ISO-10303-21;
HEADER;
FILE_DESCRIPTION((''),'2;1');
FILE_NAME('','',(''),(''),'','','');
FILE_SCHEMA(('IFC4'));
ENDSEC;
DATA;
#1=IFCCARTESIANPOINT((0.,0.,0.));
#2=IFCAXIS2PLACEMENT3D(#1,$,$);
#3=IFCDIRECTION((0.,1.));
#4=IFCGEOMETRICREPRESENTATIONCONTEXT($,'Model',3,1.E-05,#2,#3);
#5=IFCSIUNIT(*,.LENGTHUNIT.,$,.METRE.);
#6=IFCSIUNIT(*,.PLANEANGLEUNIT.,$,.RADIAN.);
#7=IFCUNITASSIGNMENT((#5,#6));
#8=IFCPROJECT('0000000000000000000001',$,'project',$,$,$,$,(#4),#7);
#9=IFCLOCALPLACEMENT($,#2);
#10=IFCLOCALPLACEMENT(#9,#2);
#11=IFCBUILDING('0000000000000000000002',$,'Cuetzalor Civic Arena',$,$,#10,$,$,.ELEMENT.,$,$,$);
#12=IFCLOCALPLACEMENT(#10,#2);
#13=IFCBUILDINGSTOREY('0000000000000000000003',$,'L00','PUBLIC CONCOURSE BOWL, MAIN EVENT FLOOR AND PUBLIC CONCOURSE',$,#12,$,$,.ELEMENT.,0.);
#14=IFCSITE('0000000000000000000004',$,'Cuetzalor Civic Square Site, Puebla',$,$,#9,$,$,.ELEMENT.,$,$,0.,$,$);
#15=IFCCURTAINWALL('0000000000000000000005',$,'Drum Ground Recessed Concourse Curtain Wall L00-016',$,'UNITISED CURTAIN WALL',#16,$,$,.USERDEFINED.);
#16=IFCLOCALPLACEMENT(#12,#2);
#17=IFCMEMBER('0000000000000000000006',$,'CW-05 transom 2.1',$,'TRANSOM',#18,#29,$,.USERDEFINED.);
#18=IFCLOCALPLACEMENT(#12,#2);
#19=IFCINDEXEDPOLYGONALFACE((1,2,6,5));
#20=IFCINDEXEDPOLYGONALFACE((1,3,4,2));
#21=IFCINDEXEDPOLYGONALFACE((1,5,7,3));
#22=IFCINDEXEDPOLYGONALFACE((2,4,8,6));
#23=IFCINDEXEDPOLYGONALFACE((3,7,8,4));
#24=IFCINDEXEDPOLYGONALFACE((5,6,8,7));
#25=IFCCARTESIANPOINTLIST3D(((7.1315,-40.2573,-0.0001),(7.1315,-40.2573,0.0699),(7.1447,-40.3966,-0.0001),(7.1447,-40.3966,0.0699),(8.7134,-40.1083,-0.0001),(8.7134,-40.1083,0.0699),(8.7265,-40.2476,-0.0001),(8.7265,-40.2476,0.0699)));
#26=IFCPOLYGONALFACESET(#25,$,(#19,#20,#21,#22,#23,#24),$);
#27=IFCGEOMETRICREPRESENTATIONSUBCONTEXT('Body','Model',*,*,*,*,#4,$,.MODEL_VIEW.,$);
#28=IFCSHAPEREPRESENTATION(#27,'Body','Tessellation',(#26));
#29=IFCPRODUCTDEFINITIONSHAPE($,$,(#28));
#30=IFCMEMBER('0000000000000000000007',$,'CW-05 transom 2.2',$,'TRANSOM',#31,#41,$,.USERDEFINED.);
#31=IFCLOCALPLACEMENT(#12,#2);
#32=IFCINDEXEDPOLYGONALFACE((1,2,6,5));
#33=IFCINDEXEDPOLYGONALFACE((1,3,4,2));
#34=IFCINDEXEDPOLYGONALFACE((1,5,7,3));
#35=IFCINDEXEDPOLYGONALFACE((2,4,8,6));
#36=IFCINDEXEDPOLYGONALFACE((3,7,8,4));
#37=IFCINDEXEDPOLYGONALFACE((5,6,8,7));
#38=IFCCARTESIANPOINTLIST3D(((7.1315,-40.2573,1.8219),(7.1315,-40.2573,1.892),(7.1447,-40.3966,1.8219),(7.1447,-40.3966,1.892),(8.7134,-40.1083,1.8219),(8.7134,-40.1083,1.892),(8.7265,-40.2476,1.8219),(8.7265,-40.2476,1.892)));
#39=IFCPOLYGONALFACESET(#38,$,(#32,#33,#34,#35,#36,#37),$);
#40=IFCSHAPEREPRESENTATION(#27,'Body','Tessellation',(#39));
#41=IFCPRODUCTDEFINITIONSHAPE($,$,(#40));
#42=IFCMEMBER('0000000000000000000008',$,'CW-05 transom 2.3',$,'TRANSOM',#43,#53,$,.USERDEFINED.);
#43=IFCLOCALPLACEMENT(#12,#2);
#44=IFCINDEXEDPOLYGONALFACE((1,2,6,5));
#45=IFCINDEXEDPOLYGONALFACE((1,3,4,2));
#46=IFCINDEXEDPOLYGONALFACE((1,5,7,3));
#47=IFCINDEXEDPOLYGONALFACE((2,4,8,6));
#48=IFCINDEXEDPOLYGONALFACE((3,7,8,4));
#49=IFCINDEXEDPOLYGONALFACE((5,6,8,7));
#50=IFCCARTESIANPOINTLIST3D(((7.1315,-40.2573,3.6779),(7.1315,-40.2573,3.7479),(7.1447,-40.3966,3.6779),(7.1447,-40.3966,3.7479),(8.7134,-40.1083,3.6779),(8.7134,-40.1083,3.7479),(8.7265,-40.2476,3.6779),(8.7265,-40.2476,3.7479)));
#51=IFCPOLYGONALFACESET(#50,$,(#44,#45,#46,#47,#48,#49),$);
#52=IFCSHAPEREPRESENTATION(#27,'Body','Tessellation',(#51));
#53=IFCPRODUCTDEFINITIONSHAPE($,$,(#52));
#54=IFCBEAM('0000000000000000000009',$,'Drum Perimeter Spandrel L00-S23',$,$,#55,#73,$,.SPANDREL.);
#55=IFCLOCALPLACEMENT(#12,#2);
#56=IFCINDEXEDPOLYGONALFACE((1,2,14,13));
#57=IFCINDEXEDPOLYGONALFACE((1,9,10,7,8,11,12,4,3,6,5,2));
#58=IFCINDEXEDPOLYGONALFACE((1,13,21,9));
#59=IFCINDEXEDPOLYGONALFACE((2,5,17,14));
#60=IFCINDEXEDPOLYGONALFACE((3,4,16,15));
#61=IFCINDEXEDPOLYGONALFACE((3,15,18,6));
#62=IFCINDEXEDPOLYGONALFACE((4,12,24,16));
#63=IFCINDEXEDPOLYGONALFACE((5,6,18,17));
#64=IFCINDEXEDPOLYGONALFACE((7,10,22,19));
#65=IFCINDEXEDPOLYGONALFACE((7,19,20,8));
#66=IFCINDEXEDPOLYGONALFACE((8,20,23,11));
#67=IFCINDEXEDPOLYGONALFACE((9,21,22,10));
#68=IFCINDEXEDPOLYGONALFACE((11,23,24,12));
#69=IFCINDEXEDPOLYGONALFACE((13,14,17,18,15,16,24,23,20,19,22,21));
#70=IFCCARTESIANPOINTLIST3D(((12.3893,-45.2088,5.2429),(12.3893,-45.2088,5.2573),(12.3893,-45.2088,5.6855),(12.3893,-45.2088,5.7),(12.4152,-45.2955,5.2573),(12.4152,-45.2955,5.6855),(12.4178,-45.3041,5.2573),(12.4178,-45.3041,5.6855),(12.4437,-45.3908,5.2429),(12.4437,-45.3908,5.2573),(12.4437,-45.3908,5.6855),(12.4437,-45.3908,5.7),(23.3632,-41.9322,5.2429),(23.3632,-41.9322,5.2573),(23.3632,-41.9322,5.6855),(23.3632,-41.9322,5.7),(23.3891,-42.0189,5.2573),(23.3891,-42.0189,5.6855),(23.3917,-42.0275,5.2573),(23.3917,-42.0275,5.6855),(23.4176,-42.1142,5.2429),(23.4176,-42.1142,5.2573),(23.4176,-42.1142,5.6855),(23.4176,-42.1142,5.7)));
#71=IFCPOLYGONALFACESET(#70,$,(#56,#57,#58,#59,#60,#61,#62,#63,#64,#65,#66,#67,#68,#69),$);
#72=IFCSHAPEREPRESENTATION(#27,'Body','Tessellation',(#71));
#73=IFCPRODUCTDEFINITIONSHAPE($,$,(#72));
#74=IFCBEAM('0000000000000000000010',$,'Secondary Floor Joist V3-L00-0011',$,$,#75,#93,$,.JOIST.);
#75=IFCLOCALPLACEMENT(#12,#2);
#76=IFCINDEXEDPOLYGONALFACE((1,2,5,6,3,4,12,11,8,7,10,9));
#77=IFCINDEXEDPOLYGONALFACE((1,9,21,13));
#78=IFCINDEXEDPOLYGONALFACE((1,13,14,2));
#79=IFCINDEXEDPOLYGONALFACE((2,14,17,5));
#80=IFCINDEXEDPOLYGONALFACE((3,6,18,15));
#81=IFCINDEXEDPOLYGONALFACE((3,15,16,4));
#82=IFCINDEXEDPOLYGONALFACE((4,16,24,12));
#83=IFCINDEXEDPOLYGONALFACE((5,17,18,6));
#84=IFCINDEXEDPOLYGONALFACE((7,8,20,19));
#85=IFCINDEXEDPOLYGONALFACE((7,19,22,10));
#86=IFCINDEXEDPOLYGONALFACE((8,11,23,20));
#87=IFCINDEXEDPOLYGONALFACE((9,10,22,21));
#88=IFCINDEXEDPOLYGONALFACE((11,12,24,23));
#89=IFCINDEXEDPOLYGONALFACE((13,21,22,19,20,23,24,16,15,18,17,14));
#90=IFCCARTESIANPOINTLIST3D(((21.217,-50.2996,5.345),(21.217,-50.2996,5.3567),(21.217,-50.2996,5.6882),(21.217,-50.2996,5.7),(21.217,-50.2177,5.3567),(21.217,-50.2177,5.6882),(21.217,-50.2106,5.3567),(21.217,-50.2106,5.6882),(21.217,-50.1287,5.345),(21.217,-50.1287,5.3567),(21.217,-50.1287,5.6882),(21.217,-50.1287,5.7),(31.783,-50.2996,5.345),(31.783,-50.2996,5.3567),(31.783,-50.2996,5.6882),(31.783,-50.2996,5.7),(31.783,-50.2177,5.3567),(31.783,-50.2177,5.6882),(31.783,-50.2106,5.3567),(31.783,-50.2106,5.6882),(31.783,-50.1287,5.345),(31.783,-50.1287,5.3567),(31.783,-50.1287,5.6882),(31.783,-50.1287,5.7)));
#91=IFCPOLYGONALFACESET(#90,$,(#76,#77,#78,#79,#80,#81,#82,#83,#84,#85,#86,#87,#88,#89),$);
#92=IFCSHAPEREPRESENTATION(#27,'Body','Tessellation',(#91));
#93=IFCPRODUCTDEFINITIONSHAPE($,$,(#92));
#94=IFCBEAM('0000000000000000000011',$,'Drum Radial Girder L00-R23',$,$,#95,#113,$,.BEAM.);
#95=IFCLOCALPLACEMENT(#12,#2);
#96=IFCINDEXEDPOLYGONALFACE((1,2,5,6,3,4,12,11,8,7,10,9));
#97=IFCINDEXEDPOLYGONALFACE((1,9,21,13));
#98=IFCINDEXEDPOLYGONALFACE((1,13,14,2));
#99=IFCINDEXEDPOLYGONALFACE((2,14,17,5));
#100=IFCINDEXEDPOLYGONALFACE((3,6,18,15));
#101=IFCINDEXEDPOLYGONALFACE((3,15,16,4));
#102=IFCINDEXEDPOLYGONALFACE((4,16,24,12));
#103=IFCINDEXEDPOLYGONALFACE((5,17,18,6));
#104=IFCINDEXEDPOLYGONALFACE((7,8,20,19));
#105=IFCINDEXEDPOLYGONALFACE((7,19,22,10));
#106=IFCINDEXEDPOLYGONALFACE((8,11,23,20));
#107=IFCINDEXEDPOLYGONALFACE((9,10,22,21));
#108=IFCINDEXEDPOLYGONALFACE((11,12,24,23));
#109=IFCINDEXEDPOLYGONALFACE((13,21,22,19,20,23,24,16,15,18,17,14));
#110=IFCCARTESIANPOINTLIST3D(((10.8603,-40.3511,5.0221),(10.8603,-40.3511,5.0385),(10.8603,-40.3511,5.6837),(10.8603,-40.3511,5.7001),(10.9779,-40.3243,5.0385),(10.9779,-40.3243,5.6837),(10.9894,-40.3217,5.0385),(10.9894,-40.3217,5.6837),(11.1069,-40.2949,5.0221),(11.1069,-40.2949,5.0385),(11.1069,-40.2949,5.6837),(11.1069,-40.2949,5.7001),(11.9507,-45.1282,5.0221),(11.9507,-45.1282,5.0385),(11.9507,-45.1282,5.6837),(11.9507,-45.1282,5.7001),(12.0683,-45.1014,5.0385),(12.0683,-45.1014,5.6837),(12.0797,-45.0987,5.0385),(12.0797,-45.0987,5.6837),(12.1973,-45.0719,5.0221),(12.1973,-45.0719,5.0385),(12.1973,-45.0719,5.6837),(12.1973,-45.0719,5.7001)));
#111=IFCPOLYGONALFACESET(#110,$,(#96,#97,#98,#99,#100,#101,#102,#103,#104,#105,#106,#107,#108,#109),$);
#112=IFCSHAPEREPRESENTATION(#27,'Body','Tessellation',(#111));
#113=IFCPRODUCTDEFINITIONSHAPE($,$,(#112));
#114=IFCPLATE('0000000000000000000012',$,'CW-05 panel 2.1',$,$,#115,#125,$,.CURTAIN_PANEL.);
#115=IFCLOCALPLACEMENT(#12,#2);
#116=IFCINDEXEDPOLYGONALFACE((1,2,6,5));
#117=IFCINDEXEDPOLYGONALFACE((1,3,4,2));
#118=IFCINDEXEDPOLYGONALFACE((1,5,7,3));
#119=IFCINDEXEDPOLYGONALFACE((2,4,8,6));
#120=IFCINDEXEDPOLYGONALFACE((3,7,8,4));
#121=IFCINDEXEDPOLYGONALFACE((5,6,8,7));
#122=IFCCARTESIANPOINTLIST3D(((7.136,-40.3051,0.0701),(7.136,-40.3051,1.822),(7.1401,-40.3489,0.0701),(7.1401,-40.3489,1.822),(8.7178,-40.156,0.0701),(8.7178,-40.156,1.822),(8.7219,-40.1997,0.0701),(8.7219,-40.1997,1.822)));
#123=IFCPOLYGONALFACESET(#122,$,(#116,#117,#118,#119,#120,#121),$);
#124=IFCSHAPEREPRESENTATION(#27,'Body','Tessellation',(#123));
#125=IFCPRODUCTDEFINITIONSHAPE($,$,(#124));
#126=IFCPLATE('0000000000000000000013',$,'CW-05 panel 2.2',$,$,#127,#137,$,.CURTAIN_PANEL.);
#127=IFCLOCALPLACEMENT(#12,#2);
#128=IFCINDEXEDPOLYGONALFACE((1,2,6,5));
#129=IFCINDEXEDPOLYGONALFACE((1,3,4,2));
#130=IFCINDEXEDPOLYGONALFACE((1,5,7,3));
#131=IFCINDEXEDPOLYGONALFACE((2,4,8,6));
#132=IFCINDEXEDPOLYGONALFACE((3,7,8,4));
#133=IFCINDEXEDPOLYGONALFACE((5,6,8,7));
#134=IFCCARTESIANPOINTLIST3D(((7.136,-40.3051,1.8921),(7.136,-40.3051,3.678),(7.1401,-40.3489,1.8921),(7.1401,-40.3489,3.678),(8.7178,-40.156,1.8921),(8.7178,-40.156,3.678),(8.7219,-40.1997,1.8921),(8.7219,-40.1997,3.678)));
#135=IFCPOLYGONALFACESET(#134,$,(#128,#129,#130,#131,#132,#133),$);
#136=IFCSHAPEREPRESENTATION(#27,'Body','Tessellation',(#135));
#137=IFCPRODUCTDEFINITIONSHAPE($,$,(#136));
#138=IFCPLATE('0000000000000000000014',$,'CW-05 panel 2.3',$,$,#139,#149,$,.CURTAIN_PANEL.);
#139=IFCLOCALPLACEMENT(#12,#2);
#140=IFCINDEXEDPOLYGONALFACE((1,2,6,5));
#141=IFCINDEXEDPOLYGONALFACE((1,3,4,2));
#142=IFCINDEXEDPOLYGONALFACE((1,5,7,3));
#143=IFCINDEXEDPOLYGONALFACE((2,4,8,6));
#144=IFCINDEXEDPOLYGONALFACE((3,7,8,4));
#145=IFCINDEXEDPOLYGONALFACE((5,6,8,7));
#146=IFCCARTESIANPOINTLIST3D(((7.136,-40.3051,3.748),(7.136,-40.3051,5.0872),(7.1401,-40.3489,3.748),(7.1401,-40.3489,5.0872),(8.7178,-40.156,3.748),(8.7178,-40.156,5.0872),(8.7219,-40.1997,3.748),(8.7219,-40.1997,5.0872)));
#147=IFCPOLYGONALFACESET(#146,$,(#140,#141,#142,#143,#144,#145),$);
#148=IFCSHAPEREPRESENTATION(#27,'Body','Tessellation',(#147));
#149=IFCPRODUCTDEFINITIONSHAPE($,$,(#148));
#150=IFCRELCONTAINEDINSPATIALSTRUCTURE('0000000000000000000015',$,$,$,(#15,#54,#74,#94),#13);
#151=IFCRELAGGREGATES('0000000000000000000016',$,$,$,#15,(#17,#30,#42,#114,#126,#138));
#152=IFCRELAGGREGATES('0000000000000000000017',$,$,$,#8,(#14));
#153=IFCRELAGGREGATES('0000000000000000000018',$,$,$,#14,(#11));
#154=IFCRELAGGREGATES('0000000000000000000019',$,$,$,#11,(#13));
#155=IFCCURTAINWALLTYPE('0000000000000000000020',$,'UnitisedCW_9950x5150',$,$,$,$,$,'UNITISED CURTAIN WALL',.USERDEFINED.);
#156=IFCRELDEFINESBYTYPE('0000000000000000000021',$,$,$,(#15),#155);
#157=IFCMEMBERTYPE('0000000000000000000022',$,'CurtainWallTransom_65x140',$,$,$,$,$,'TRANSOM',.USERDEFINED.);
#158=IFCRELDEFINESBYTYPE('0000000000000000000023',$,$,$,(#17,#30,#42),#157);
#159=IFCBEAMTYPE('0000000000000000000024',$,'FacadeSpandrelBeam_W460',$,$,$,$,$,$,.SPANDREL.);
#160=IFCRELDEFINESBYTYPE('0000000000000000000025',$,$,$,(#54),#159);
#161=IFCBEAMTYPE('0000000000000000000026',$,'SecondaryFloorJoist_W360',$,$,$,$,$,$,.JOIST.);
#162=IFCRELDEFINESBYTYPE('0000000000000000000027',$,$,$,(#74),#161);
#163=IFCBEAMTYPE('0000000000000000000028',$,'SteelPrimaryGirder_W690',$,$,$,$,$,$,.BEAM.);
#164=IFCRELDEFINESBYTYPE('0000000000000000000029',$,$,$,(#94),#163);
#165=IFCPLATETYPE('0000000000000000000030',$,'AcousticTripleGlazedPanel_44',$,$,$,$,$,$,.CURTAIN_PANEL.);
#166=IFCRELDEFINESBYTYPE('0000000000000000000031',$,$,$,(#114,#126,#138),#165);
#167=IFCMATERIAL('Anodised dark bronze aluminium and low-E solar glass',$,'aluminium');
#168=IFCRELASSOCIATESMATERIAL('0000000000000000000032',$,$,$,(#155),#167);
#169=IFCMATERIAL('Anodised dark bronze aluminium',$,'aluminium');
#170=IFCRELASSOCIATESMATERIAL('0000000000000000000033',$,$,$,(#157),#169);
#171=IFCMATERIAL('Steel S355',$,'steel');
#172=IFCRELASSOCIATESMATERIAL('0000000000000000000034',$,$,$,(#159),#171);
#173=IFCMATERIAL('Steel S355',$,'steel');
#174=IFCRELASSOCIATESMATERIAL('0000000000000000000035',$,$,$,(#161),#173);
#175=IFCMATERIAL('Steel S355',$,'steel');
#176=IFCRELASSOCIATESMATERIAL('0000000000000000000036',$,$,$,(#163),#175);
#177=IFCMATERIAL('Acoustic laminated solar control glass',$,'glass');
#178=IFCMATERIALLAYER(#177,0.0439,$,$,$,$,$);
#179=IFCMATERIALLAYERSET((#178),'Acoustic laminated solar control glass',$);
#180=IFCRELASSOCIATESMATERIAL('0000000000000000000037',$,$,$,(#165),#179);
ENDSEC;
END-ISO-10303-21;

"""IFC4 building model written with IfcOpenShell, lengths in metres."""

from ifc_helpers import new_model, si_unit, direction, frame, origin, origin_2d, place, context, subcontext, project, spatial, rectangle, i_section, extrude, material, layer, layer_set, material_profile, profile_set, type_object, element, aggregate, save


model = new_model("IFC4")

# Units and contexts
model_context = context("Model", 3, precision=1e-05, world=origin(), true_north=direction((0.0, 1.0)))
body_context = subcontext(model_context, "Body", "Model", "MODEL_VIEW")
ifc_project = project(units=[si_unit("LENGTHUNIT", "METRE"), si_unit("PLANEANGLEUNIT", "RADIAN")], contexts=[model_context])

# Site, building, storey
site_placement = place(None, origin())
site = spatial("IfcSite", under=ifc_project, at=site_placement, Name="Cuetzalor Civic Square Site, Puebla", CompositionType="ELEMENT", RefElevation=0.0)
building_placement = place(site_placement, origin())
building = spatial("IfcBuilding", under=site, at=building_placement, Name="Cuetzalor Civic Arena", CompositionType="ELEMENT")
storey_placement = place(building_placement, origin())
storey = spatial("IfcBuildingStorey", under=building, at=storey_placement, Name="L00", Description="PUBLIC CONCOURSE BOWL, MAIN EVENT FLOOR AND PUBLIC CONCOURSE", CompositionType="ELEMENT", Elevation=0.0)

# Curtain wall, members
ifc_material_1 = material(Name="Anodised dark bronze aluminium and low-E solar glass", Category="aluminium")
curtain_wall_type = type_object("IfcCurtainWallType", Name="UnitisedCW_9950x5150", ElementType="UNITISED CURTAIN WALL", PredefinedType="USERDEFINED", material=ifc_material_1)
curtain_wall_placement = place(storey_placement, origin())
curtain_wall = element("IfcCurtainWall", 1, at=curtain_wall_placement, inside=storey, type_object=curtain_wall_type, Name="Drum Ground Recessed Concourse Curtain Wall L00-016", ObjectType="UNITISED CURTAIN WALL", PredefinedType="USERDEFINED")
ifc_material_2 = material(Name="Anodised dark bronze aluminium", Category="aluminium")
ifc_material_profile_1 = material_profile(ifc_material_2, rectangle(XDim=0.1399, YDim=0.0701, at=origin_2d()), Name="ALU TRANSOM 70x140")
ifc_profile_set_1 = profile_set([ifc_material_profile_1], Name="Anodised dark bronze aluminium")
member_type_1 = type_object("IfcMemberType", Name="CurtainWallTransom_65x140", ElementType="TRANSOM", PredefinedType="USERDEFINED", material=ifc_profile_set_1)
member_1_placement = place(storey_placement, frame((8.72, -40.178, 0.0349), z_axis=(-0.995597, -0.093736, 0.0), x_axis=(0.093736, -0.995597, 0.0)))
member_1 = element("IfcMember", 2, at=member_1_placement, type_object=member_type_1, Name="CW-05 transom 2.1", ObjectType="TRANSOM", PredefinedType="USERDEFINED", context=body_context, shape_type="SweptSolid", body=[
    extrude(rectangle(XDim=0.1399, YDim=0.0701, at=origin_2d()), origin(), (0.0, 0.0, 1.0), 1.5889),
])
member_2_placement = place(storey_placement, frame((8.72, -40.178, 1.8569), z_axis=(-0.995597, -0.093736, 0.0), x_axis=(0.093736, -0.995597, 0.0)))
member_2 = element("IfcMember", 3, at=member_2_placement, type_object=member_type_1, Name="CW-05 transom 2.2", ObjectType="TRANSOM", PredefinedType="USERDEFINED", context=body_context, shape_type="SweptSolid", body=[
    extrude(rectangle(XDim=0.1399, YDim=0.0701, at=origin_2d()), origin(), (0.0, 0.0, 1.0), 1.5889),
])
member_3_placement = place(storey_placement, frame((8.72, -40.178, 3.7129), z_axis=(-0.995597, -0.093736, 0.0), x_axis=(0.093736, -0.995597, 0.0)))
member_3 = element("IfcMember", 4, at=member_3_placement, type_object=member_type_1, Name="CW-05 transom 2.3", ObjectType="TRANSOM", PredefinedType="USERDEFINED", context=body_context, shape_type="SweptSolid", body=[
    extrude(rectangle(XDim=0.1399, YDim=0.0701, at=origin_2d()), origin(), (0.0, 0.0, 1.0), 1.5889),
])

# Beams
ifc_material_3 = material(Name="Steel S355", Category="steel")
ifc_material_profile_2 = material_profile(ifc_material_3, i_section(OverallWidth=0.1899, OverallDepth=0.457, WebThickness=0.009, FlangeThickness=0.0144, at=origin_2d()), Name="W460x74")
ifc_profile_set_2 = profile_set([ifc_material_profile_2], Name="Steel S355")
beam_type_1 = type_object("IfcBeamType", Name="FacadeSpandrelBeam_W460", PredefinedType="SPANDREL", material=ifc_profile_set_2)
beam_1_placement = place(storey_placement, frame((12.4165, -45.2998, 5.4714), z_axis=(0.958199, 0.286102, 0.0), x_axis=(-0.286102, 0.958199, 0.0)))
element("IfcBeam", 5, at=beam_1_placement, inside=storey, type_object=beam_type_1, Name="Drum Perimeter Spandrel L00-S23", PredefinedType="SPANDREL", context=body_context, shape_type="SweptSolid", body=[
    extrude(i_section(OverallWidth=0.1899, OverallDepth=0.457, WebThickness=0.009, FlangeThickness=0.0144, at=origin_2d()), origin(), (0.0, 0.0, 1.0), 11.4526),
])
ifc_material_4 = material(Name="Steel S355", Category="steel")
ifc_material_profile_3 = material_profile(ifc_material_4, i_section(OverallWidth=0.1709, OverallDepth=0.355, WebThickness=0.0071, FlangeThickness=0.0117, at=origin_2d()), Name="W360x51")
ifc_profile_set_3 = profile_set([ifc_material_profile_3], Name="Steel S355")
beam_type_2 = type_object("IfcBeamType", Name="SecondaryFloorJoist_W360", PredefinedType="JOIST", material=ifc_profile_set_3)
beam_2_placement = place(storey_placement, frame((21.217, -50.2141, 5.5225), z_axis=(1.0, 0.0, 0.0), x_axis=(0.0, 1.0, 0.0)))
element("IfcBeam", 6, at=beam_2_placement, inside=storey, type_object=beam_type_2, Name="Secondary Floor Joist V3-L00-0011", PredefinedType="JOIST", context=body_context, shape_type="SweptSolid", body=[
    extrude(i_section(OverallWidth=0.1709, OverallDepth=0.355, WebThickness=0.0071, FlangeThickness=0.0117, at=origin_2d()), origin(), (0.0, 0.0, 1.0), 10.5659),
])
ifc_material_5 = material(Name="Steel S355", Category="steel")
ifc_material_profile_4 = material_profile(ifc_material_5, i_section(OverallWidth=0.2529, OverallDepth=0.678, WebThickness=0.0117, FlangeThickness=0.0164, at=origin_2d()), Name="W690x125")
ifc_profile_set_4 = profile_set([ifc_material_profile_4], Name="Steel S355")
beam_type_3 = type_object("IfcBeamType", Name="SteelPrimaryGirder_W690", PredefinedType="BEAM", material=ifc_profile_set_4)
beam_3_placement = place(storey_placement, frame((10.9836, -40.323, 5.3611), z_axis=(0.222519, -0.974928, 0.0), x_axis=(0.974928, 0.222519, 0.0)))
element("IfcBeam", 7, at=beam_3_placement, inside=storey, type_object=beam_type_3, Name="Drum Radial Girder L00-R23", PredefinedType="BEAM", context=body_context, shape_type="SweptSolid", body=[
    extrude(i_section(OverallWidth=0.2529, OverallDepth=0.678, WebThickness=0.0117, FlangeThickness=0.0164, at=origin_2d()), origin(), (0.0, 0.0, 1.0), 4.8999),
])

# Plates
ifc_material_6 = material(Name="Acoustic laminated solar control glass", Category="glass")
ifc_layer_1 = layer(ifc_material_6, 0.0439)
ifc_layer_set_1 = layer_set([ifc_layer_1], Name="Acoustic laminated solar control glass")
plate_type = type_object("IfcPlateType", Name="AcousticTripleGlazedPanel_44", PredefinedType="CURTAIN_PANEL", material=ifc_layer_set_1)
plate_1_placement = place(storey_placement, frame((7.929, -40.2524, 0.0701), z_axis=(0.0, 0.0, 1.0), x_axis=(-0.995585, -0.093863, 0.0)))
plate_1 = element("IfcPlate", 8, at=plate_1_placement, type_object=plate_type, Name="CW-05 panel 2.1", PredefinedType="CURTAIN_PANEL", context=body_context, shape_type="SweptSolid", body=[
    extrude(rectangle(XDim=1.5889, YDim=0.0439, at=origin_2d()), origin(), (0.0, 0.0, 1.0), 1.752),
])
plate_2_placement = place(storey_placement, frame((7.929, -40.2524, 1.8921), z_axis=(0.0, 0.0, 1.0), x_axis=(-0.995585, -0.093863, 0.0)))
plate_2 = element("IfcPlate", 9, at=plate_2_placement, type_object=plate_type, Name="CW-05 panel 2.2", PredefinedType="CURTAIN_PANEL", context=body_context, shape_type="SweptSolid", body=[
    extrude(rectangle(XDim=1.5889, YDim=0.0439, at=origin_2d()), origin(), (0.0, 0.0, 1.0), 1.7859),
])
plate_3_placement = place(storey_placement, frame((7.929, -40.2524, 3.748), z_axis=(0.0, 0.0, 1.0), x_axis=(-0.995585, -0.093863, 0.0)))
plate_3 = element("IfcPlate", 10, at=plate_3_placement, type_object=plate_type, Name="CW-05 panel 2.3", PredefinedType="CURTAIN_PANEL", context=body_context, shape_type="SweptSolid", body=[
    extrude(rectangle(XDim=1.5889, YDim=0.0439, at=origin_2d()), origin(), (0.0, 0.0, 1.0), 1.3391),
])
aggregate(curtain_wall, [member_1, member_2, member_3, plate_1, plate_2, plate_3])

save(model, "model.ifc")
